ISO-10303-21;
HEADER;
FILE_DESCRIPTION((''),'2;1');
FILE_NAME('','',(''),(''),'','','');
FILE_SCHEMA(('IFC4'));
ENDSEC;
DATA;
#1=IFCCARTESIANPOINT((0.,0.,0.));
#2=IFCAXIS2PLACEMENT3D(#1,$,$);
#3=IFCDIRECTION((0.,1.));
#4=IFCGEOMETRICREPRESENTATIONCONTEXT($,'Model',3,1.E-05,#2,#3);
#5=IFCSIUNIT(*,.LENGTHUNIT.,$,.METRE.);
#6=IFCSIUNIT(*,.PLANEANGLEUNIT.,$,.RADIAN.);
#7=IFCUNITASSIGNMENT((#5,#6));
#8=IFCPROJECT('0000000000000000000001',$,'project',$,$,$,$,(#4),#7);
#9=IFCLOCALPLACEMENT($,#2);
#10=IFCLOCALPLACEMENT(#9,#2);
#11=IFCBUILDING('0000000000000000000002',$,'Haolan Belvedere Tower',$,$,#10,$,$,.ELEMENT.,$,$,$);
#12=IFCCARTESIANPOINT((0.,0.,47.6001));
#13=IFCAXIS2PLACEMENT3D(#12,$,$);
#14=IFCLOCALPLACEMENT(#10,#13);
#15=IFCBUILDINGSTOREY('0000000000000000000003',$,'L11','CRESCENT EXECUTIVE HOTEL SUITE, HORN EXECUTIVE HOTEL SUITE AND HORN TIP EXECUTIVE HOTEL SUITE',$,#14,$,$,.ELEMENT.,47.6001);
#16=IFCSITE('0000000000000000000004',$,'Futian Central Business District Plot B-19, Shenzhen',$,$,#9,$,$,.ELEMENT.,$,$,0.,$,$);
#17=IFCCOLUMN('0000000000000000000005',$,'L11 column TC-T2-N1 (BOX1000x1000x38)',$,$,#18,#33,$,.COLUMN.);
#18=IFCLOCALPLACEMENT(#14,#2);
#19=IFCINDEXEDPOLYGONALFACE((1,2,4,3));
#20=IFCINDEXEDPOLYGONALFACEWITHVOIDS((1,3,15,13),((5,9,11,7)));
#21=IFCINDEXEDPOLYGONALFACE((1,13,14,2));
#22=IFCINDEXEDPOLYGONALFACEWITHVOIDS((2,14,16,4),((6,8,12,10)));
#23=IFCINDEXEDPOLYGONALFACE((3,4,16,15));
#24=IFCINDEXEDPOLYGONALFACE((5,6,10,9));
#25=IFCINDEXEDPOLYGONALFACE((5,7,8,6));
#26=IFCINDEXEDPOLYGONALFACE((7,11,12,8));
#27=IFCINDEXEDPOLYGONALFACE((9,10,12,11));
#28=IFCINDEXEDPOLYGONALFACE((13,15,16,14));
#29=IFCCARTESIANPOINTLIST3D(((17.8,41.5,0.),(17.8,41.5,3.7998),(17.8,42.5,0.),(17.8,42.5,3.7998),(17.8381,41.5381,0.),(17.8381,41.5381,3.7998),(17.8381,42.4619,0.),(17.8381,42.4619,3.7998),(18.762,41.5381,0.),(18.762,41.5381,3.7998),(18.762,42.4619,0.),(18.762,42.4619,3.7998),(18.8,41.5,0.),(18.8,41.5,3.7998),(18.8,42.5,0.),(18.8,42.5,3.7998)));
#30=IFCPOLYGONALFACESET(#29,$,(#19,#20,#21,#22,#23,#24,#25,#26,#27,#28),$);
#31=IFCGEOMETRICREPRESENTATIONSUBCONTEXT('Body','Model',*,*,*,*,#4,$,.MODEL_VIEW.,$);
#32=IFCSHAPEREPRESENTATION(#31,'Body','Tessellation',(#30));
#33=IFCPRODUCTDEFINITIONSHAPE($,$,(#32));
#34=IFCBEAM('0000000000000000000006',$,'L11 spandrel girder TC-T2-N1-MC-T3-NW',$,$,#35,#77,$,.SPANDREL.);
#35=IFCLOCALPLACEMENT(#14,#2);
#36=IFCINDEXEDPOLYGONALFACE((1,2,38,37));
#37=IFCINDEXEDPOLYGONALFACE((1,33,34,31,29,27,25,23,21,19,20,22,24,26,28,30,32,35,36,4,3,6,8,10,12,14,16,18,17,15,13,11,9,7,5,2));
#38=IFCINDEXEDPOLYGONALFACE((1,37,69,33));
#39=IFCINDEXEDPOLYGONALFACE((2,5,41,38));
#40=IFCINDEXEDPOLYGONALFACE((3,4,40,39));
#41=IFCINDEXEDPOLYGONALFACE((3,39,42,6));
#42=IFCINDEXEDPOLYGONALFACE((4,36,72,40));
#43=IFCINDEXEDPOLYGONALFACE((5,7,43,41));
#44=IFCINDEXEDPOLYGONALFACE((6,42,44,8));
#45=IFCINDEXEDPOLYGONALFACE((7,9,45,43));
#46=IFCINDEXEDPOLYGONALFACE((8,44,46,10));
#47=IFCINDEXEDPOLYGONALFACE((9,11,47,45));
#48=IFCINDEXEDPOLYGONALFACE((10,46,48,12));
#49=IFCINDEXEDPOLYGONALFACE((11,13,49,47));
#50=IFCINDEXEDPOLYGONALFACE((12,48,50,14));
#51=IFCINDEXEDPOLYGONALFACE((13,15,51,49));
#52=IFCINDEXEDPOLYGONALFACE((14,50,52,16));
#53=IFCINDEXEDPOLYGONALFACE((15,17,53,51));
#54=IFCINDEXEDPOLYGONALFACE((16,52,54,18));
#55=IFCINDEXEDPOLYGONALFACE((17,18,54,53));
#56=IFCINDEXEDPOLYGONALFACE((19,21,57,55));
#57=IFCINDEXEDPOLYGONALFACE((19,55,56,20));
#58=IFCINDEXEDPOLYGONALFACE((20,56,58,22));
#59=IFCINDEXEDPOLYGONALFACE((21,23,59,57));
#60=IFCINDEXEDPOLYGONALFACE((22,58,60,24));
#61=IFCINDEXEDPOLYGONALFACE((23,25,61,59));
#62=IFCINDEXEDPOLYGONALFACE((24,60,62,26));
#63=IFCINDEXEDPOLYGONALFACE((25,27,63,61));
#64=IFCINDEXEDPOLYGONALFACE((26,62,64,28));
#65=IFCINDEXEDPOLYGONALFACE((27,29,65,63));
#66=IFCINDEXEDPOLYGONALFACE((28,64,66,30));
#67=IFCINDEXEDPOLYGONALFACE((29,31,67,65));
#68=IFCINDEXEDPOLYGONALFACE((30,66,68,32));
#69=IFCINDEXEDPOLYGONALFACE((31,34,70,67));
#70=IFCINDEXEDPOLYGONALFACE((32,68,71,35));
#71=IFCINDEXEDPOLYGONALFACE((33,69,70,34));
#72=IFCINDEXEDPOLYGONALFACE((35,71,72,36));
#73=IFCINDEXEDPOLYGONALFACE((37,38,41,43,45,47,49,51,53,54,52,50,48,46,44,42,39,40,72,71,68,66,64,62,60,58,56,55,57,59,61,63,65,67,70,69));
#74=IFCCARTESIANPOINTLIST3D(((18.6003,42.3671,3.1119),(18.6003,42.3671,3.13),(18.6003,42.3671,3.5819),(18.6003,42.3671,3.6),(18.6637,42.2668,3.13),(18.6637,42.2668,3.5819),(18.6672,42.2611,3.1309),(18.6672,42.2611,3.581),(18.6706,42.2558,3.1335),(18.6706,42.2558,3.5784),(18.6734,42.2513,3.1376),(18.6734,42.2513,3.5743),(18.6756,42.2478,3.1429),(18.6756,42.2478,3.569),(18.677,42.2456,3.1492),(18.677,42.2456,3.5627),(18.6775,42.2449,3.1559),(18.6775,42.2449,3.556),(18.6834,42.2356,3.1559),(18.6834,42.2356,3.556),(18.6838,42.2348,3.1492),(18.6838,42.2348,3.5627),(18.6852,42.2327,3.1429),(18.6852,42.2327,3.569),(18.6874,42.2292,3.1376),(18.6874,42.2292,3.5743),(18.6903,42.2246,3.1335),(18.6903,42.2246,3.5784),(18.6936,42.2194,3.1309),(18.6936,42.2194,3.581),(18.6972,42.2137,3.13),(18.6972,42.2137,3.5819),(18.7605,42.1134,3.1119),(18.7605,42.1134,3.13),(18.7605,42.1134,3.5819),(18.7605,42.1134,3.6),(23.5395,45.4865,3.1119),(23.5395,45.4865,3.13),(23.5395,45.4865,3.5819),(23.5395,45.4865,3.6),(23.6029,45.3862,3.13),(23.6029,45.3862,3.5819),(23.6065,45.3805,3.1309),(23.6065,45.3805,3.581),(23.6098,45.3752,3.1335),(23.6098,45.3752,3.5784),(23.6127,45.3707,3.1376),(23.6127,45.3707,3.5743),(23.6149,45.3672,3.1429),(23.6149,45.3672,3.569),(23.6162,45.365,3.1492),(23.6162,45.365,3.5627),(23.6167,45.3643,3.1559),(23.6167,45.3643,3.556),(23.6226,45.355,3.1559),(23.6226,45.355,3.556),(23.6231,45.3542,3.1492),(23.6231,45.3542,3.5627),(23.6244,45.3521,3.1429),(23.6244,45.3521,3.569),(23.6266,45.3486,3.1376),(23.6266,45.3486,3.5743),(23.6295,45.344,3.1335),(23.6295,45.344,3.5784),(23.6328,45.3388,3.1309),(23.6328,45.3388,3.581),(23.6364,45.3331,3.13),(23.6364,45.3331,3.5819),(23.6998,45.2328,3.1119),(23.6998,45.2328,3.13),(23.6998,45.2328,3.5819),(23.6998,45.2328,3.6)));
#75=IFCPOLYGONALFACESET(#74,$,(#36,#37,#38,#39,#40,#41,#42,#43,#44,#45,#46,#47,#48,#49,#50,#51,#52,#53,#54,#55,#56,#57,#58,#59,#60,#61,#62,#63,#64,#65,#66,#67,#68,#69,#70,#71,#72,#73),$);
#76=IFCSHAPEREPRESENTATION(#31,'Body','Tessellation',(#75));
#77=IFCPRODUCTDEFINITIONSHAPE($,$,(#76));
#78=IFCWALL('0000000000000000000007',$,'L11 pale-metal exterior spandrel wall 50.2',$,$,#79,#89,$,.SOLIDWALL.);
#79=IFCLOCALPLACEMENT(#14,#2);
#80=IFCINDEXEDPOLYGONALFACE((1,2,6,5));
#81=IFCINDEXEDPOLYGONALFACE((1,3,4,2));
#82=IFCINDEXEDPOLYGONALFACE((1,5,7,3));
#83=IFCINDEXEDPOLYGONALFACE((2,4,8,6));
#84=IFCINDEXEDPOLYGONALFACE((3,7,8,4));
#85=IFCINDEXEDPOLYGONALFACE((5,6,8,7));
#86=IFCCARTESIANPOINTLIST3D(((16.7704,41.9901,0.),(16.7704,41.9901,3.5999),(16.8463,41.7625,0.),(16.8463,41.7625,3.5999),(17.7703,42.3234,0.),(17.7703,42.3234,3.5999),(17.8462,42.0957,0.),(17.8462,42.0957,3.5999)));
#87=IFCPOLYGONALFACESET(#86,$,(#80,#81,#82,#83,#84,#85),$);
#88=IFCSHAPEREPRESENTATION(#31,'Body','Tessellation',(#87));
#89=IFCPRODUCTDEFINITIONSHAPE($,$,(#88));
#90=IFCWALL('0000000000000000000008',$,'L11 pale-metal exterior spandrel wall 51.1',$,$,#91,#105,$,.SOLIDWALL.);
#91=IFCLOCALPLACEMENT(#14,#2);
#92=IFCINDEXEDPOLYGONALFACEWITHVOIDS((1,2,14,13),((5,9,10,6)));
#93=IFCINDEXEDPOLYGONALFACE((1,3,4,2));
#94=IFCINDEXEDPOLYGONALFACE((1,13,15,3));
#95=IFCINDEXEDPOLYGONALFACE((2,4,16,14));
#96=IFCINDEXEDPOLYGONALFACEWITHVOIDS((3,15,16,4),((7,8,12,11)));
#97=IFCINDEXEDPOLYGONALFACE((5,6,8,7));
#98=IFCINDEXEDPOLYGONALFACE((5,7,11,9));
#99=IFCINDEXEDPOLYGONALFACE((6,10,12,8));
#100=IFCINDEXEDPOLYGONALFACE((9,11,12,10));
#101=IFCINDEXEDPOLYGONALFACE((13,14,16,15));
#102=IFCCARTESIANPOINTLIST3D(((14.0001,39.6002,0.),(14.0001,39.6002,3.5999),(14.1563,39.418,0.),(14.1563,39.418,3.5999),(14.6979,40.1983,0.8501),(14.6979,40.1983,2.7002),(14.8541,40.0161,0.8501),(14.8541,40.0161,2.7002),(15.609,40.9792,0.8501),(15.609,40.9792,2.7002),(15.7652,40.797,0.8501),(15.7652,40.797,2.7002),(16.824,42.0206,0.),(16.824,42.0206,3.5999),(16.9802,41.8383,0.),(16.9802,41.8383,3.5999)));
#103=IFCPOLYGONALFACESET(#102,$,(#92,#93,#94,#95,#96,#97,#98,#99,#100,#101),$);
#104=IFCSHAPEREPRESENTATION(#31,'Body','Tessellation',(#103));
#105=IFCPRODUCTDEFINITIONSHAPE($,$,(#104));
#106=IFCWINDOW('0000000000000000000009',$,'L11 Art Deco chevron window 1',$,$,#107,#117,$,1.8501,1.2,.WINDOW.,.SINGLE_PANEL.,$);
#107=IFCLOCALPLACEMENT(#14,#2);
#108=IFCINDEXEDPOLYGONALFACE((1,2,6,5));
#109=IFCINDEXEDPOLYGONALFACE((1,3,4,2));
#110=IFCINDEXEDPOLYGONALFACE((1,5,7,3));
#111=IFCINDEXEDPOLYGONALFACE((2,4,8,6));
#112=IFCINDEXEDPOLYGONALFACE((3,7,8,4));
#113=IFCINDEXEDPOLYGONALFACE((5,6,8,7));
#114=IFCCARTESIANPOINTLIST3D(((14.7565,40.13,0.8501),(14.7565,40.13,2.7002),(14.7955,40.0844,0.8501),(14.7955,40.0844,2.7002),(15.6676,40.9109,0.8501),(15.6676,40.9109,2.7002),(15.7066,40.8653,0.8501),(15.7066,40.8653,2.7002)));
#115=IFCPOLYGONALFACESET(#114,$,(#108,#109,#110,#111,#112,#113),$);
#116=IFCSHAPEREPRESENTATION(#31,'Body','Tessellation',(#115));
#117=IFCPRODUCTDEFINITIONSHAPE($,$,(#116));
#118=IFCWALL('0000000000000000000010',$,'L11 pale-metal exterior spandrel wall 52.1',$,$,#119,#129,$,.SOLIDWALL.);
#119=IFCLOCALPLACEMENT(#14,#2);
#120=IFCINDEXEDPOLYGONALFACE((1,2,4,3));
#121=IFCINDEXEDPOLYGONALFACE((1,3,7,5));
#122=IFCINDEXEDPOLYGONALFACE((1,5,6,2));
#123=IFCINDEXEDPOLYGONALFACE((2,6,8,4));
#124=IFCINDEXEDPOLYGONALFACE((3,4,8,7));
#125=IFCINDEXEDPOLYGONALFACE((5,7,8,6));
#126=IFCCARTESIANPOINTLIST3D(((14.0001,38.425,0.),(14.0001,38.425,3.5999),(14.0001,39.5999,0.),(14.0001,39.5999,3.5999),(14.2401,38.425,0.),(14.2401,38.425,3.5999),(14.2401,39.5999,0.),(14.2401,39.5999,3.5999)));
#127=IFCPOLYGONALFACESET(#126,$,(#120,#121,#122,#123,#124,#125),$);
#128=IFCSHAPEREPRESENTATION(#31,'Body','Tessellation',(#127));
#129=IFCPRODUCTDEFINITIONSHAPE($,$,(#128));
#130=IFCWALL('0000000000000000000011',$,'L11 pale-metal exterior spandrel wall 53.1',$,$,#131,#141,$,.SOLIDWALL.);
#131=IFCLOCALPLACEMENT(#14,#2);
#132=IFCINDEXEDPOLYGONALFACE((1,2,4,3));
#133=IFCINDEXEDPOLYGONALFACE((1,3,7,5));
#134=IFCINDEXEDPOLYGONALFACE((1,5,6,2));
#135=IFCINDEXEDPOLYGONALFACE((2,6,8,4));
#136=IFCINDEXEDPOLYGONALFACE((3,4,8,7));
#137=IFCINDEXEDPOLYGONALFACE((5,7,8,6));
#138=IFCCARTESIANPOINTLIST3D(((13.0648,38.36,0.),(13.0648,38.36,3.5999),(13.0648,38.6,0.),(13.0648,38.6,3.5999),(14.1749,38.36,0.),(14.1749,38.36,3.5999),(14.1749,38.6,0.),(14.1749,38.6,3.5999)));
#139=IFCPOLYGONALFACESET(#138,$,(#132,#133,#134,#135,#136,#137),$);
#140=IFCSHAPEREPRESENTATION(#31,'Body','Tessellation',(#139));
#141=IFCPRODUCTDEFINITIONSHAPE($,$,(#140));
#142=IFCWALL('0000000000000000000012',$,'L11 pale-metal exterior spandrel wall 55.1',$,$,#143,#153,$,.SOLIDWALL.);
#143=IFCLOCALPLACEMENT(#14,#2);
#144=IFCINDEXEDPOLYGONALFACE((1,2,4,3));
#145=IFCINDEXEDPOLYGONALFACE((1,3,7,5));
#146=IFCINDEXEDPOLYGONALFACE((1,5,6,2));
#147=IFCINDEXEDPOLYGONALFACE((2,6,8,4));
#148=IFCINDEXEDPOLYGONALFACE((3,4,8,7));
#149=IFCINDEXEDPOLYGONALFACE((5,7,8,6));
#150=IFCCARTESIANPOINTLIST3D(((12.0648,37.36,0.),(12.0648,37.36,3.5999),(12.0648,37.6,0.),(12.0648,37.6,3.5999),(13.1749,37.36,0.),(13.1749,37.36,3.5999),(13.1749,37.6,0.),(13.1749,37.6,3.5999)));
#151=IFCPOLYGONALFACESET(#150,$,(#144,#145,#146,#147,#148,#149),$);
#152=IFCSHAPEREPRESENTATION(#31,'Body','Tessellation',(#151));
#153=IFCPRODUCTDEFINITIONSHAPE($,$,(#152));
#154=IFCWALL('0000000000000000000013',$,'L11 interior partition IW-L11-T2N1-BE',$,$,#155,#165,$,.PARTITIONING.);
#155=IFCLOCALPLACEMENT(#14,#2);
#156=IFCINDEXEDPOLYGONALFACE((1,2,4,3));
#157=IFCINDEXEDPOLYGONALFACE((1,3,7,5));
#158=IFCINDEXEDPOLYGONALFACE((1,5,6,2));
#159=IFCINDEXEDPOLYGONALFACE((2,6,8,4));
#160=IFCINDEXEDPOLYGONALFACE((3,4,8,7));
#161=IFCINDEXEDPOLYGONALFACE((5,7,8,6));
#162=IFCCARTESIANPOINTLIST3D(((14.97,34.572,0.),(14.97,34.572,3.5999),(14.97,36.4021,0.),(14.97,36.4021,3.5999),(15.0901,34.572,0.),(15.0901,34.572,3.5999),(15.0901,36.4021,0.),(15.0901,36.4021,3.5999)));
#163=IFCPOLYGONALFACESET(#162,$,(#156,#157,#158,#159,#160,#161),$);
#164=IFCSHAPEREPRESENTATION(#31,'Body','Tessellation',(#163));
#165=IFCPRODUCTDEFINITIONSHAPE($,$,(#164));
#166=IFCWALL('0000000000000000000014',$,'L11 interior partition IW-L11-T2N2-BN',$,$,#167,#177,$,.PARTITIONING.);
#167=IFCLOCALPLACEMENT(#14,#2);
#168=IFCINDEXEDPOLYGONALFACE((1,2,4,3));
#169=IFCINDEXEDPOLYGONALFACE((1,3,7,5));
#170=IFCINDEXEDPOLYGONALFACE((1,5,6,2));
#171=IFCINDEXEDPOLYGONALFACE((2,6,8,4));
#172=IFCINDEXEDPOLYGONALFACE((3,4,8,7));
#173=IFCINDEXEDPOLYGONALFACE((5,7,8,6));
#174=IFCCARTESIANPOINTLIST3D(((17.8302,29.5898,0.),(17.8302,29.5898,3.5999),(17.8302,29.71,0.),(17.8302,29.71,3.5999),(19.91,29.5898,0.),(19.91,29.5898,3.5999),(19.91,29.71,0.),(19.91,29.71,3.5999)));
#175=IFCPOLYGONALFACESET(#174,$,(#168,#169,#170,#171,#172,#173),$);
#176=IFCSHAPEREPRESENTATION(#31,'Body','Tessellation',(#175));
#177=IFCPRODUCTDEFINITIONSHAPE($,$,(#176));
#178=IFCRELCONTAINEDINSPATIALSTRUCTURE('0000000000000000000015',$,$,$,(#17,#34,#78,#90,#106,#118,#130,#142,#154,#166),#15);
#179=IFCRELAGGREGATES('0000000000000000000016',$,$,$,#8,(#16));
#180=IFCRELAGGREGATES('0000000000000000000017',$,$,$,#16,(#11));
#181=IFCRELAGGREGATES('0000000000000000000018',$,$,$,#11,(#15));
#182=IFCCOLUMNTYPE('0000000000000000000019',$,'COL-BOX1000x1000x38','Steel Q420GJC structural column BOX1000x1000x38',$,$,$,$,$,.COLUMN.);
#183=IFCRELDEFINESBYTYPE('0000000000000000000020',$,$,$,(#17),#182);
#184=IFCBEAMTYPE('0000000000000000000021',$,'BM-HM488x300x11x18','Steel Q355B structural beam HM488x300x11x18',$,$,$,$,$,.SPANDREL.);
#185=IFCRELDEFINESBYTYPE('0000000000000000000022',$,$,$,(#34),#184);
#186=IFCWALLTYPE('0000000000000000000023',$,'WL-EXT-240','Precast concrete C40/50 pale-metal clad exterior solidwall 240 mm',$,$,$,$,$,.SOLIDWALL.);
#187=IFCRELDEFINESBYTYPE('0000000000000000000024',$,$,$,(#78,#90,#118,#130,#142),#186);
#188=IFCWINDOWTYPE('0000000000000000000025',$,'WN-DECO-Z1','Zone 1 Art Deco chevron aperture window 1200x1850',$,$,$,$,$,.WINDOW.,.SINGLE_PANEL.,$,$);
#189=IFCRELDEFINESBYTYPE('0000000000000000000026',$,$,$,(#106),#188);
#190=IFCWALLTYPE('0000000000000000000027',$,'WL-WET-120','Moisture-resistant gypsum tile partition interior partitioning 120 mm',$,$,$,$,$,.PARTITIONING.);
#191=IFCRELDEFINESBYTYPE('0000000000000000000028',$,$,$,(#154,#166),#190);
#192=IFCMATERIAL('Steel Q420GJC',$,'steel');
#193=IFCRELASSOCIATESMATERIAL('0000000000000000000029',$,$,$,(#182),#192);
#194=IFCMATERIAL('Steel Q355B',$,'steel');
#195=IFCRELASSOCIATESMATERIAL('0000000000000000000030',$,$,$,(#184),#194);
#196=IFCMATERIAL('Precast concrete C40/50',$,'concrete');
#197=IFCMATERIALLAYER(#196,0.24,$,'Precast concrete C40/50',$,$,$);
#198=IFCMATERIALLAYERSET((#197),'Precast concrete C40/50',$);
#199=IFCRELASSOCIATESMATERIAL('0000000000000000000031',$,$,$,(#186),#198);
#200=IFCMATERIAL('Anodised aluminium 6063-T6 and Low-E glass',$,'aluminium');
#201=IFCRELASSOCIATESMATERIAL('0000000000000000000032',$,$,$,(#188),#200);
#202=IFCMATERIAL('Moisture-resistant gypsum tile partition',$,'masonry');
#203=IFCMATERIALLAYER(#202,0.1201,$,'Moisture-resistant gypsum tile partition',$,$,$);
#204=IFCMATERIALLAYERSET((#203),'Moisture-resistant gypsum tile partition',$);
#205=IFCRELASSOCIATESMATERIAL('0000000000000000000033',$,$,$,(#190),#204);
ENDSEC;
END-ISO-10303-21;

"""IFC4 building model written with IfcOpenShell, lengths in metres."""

from ifc_helpers import new_model, si_unit, direction, frame, frame_2d, origin, origin_2d, place, context, subcontext, project, spatial, rectangle, hollow_rectangle, i_section, extrude, material, layer, layer_set, material_profile, profile_set, type_object, element, fill, save


model = new_model("IFC4")

# Units and contexts
model_context = context("Model", 3, precision=1e-05, world=origin(), true_north=direction((0.0, 1.0)))
body_context = subcontext(model_context, "Body", "Model", "MODEL_VIEW")
ifc_project = project(units=[si_unit("LENGTHUNIT", "METRE"), si_unit("PLANEANGLEUNIT", "RADIAN")], contexts=[model_context])

# Site, building, storey
site_placement = place(None, origin())
site = spatial("IfcSite", under=ifc_project, at=site_placement, Name="Futian Central Business District Plot B-19, Shenzhen", CompositionType="ELEMENT", RefElevation=0.0)
building_placement = place(site_placement, origin())
building = spatial("IfcBuilding", under=site, at=building_placement, Name="Haolan Belvedere Tower", CompositionType="ELEMENT")
storey_placement = place(building_placement, frame((0.0, 0.0, 47.6001)))
storey = spatial("IfcBuildingStorey", under=building, at=storey_placement, Name="L11", Description="CRESCENT EXECUTIVE HOTEL SUITE, HORN EXECUTIVE HOTEL SUITE AND HORN TIP EXECUTIVE HOTEL SUITE", CompositionType="ELEMENT", Elevation=47.6001)

# Column
ifc_material_1 = material(Name="Steel Q420GJC", Category="steel")
ifc_material_profile_1 = material_profile(ifc_material_1, hollow_rectangle(XDim=1.0, YDim=1.0, WallThickness=0.0381, at=origin_2d()), Name="Steel Q420GJC")
ifc_profile_set_1 = profile_set([ifc_material_profile_1], Name="Steel Q420GJC")
column_type = type_object("IfcColumnType", Name="COL-BOX1000x1000x38", Description="Steel Q420GJC structural column BOX1000x1000x38", PredefinedType="COLUMN", material=ifc_profile_set_1)
column_placement = place(storey_placement, frame((18.3, 42.0, 0.0), z_axis=(0.0, 0.0, 1.0), x_axis=(1.0, 0.0, 0.0)))
element("IfcColumn", 1, at=column_placement, inside=storey, type_object=column_type, Name="L11 column TC-T2-N1 (BOX1000x1000x38)", PredefinedType="COLUMN", context=body_context, shape_type="SweptSolid", body=[
    extrude(hollow_rectangle(XDim=1.0, YDim=1.0, WallThickness=0.0381, at=origin_2d()), origin(), (0.0, 0.0, 1.0), 3.7998),
])

# Beam
ifc_material_2 = material(Name="Steel Q355B", Category="steel")
ifc_material_profile_2 = material_profile(ifc_material_2, i_section(OverallWidth=0.3, OverallDepth=0.488, WebThickness=0.011, FlangeThickness=0.0181, FilletRadius=0.0259, at=origin_2d()), Name="Steel Q355B")
ifc_profile_set_2 = profile_set([ifc_material_profile_2], Name="Steel Q355B")
beam_type = type_object("IfcBeamType", Name="BM-HM488x300x11x18", Description="Steel Q355B structural beam HM488x300x11x18", PredefinedType="SPANDREL", material=ifc_profile_set_2)
beam_placement = place(storey_placement, frame((18.6804, 42.2402, 3.356), z_axis=(0.845498, 0.533979, 0.0), x_axis=(-0.533979, 0.845498, 0.0)))
element("IfcBeam", 2, at=beam_placement, inside=storey, type_object=beam_type, Name="L11 spandrel girder TC-T2-N1-MC-T3-NW", PredefinedType="SPANDREL", context=body_context, shape_type="SweptSolid", body=[
    extrude(i_section(OverallWidth=0.3, OverallDepth=0.488, WebThickness=0.011, FlangeThickness=0.0181, FilletRadius=0.0259, at=origin_2d()), origin(), (0.0, 0.0, 1.0), 5.8418),
])

# Wall
ifc_material_3 = material(Name="Precast concrete C40/50", Category="concrete")
ifc_layer_1 = layer(ifc_material_3, 0.24, Name="Precast concrete C40/50")
ifc_layer_set_1 = layer_set([ifc_layer_1], Name="Precast concrete C40/50")
wall_type_1 = type_object("IfcWallType", Name="WL-EXT-240", Description="Precast concrete C40/50 pale-metal clad exterior solidwall 240 mm", PredefinedType="SOLIDWALL", material=ifc_layer_set_1)
wall_1_placement = place(storey_placement, frame((17.8081, 42.2095, 0.0), z_axis=(0.0, 0.0, 1.0), x_axis=(-0.948706, -0.316158, 0.0)))
element("IfcWall", 3, at=wall_1_placement, inside=storey, type_object=wall_type_1, Name="L11 pale-metal exterior spandrel wall 50.2", PredefinedType="SOLIDWALL", context=body_context, shape_type="SweptSolid", body=[
    extrude(rectangle(XDim=1.054, YDim=0.24, at=frame_2d((0.5269, 0.0))), origin(), (0.0, 0.0, 1.0), 3.5999),
])

# Wall, opening, window
wall_2_placement = place(storey_placement, frame((16.9021, 41.9294, 0.0), z_axis=(0.0, 0.0, 1.0), x_axis=(-0.759275, -0.65077, 0.0)))
wall_2 = element("IfcWall", 4, at=wall_2_placement, inside=storey, type_object=wall_type_1, Name="L11 pale-metal exterior spandrel wall 51.1", PredefinedType="SOLIDWALL", context=body_context, shape_type="SweptSolid", body=[
    extrude(rectangle(XDim=3.7192, YDim=0.24, at=frame_2d((1.8596, 0.0))), origin(), (0.0, 0.0, 1.0), 3.5999),
])
opening_1_placement = place(wall_2_placement, frame((1.6001, 0.0, 0.8501)))
opening_1 = element("IfcOpeningElement", 5, at=opening_1_placement, cuts=wall_2, PredefinedType="OPENING", context=body_context, shape_type="SweptSolid", body=[
    extrude(rectangle(XDim=1.2, YDim=1.8501, at=frame_2d((0.6001, 0.925))), frame((0.0, 0.1299, 0.0), z_axis=(0.0, -1.0, 0.0), x_axis=(1.0, 0.0, 0.0)), (0.0, 0.0, 1.0), 0.26),
])
ifc_material_4 = material(Name="Anodised aluminium 6063-T6 and Low-E glass", Category="aluminium")
window_type = type_object("IfcWindowType", Name="WN-DECO-Z1", Description="Zone 1 Art Deco chevron aperture window 1200x1850", PartitioningType="SINGLE_PANEL", PredefinedType="WINDOW", material=ifc_material_4)
window_placement = place(opening_1_placement, origin())
window = element("IfcWindow", 6, at=window_placement, inside=storey, type_object=window_type, Name="L11 Art Deco chevron window 1", OverallHeight=1.8501, OverallWidth=1.2, PartitioningType="SINGLE_PANEL", PredefinedType="WINDOW", context=body_context, shape_type="SweptSolid", body=[
    extrude(rectangle(XDim=1.2, YDim=1.8501, at=frame_2d((0.6001, 0.925))), frame((0.0, 0.03, 0.0), z_axis=(0.0, -1.0, 0.0), x_axis=(1.0, 0.0, 0.0)), (0.0, 0.0, 1.0), 0.0601),
])
fill(opening_1, window)

# Walls
wall_3_placement = place(storey_placement, frame((14.1201, 39.5999, 0.0), z_axis=(0.0, 0.0, 1.0), x_axis=(0.0, -1.0, 0.0)))
element("IfcWall", 7, at=wall_3_placement, inside=storey, type_object=wall_type_1, Name="L11 pale-metal exterior spandrel wall 52.1", PredefinedType="SOLIDWALL", context=body_context, shape_type="SweptSolid", body=[
    extrude(rectangle(XDim=1.1748, YDim=0.24, at=frame_2d((0.5874, 0.0))), origin(), (0.0, 0.0, 1.0), 3.5999),
])
for number, where, z_axis, x_axis, name in (
    (8, (14.175, 38.48, 0.0), (0.0, 0.0, 1.0), (-1.0, 0.0, 0.0), "L11 pale-metal exterior spandrel wall 53.1"),
    (9, (13.175, 37.48, 0.0), (0.0, 0.0, 1.0), (-1.0, 0.0, 0.0), "L11 pale-metal exterior spandrel wall 55.1"),
):
    element("IfcWall", number, at=place(storey_placement, frame(where, z_axis=z_axis, x_axis=x_axis)), inside=storey, type_object=wall_type_1, Name=name, PredefinedType="SOLIDWALL", context=body_context, shape_type="SweptSolid", body=[
        extrude(rectangle(XDim=1.1101, YDim=0.24, at=frame_2d((0.5552, 0.0))), origin(), (0.0, 0.0, 1.0), 3.5999),
    ])
ifc_material_5 = material(Name="Moisture-resistant gypsum tile partition", Category="masonry")
ifc_layer_2 = layer(ifc_material_5, 0.1201, Name="Moisture-resistant gypsum tile partition")
ifc_layer_set_2 = layer_set([ifc_layer_2], Name="Moisture-resistant gypsum tile partition")
wall_type_2 = type_object("IfcWallType", Name="WL-WET-120", Description="Moisture-resistant gypsum tile partition interior partitioning 120 mm", PredefinedType="PARTITIONING", material=ifc_layer_set_2)
wall_4_placement = place(storey_placement, frame((15.03, 34.572, 0.0), z_axis=(0.0, 0.0, 1.0), x_axis=(0.0, 1.0, 0.0)))
element("IfcWall", 10, at=wall_4_placement, inside=storey, type_object=wall_type_2, Name="L11 interior partition IW-L11-T2N1-BE", PredefinedType="PARTITIONING", context=body_context, shape_type="SweptSolid", body=[
    extrude(rectangle(XDim=1.8301, YDim=0.1201, at=frame_2d((0.915, 0.0))), origin(), (0.0, 0.0, 1.0), 3.5999),
])
wall_5_placement = place(storey_placement, frame((17.8301, 29.6499, 0.0), z_axis=(0.0, 0.0, 1.0), x_axis=(1.0, 0.0, 0.0)))
element("IfcWall", 11, at=wall_5_placement, inside=storey, type_object=wall_type_2, Name="L11 interior partition IW-L11-T2N2-BN", PredefinedType="PARTITIONING", context=body_context, shape_type="SweptSolid", body=[
    extrude(rectangle(XDim=2.0798, YDim=0.1201, at=frame_2d((1.04, 0.0))), origin(), (0.0, 0.0, 1.0), 3.5999),
])

save(model, "model.ifc")
